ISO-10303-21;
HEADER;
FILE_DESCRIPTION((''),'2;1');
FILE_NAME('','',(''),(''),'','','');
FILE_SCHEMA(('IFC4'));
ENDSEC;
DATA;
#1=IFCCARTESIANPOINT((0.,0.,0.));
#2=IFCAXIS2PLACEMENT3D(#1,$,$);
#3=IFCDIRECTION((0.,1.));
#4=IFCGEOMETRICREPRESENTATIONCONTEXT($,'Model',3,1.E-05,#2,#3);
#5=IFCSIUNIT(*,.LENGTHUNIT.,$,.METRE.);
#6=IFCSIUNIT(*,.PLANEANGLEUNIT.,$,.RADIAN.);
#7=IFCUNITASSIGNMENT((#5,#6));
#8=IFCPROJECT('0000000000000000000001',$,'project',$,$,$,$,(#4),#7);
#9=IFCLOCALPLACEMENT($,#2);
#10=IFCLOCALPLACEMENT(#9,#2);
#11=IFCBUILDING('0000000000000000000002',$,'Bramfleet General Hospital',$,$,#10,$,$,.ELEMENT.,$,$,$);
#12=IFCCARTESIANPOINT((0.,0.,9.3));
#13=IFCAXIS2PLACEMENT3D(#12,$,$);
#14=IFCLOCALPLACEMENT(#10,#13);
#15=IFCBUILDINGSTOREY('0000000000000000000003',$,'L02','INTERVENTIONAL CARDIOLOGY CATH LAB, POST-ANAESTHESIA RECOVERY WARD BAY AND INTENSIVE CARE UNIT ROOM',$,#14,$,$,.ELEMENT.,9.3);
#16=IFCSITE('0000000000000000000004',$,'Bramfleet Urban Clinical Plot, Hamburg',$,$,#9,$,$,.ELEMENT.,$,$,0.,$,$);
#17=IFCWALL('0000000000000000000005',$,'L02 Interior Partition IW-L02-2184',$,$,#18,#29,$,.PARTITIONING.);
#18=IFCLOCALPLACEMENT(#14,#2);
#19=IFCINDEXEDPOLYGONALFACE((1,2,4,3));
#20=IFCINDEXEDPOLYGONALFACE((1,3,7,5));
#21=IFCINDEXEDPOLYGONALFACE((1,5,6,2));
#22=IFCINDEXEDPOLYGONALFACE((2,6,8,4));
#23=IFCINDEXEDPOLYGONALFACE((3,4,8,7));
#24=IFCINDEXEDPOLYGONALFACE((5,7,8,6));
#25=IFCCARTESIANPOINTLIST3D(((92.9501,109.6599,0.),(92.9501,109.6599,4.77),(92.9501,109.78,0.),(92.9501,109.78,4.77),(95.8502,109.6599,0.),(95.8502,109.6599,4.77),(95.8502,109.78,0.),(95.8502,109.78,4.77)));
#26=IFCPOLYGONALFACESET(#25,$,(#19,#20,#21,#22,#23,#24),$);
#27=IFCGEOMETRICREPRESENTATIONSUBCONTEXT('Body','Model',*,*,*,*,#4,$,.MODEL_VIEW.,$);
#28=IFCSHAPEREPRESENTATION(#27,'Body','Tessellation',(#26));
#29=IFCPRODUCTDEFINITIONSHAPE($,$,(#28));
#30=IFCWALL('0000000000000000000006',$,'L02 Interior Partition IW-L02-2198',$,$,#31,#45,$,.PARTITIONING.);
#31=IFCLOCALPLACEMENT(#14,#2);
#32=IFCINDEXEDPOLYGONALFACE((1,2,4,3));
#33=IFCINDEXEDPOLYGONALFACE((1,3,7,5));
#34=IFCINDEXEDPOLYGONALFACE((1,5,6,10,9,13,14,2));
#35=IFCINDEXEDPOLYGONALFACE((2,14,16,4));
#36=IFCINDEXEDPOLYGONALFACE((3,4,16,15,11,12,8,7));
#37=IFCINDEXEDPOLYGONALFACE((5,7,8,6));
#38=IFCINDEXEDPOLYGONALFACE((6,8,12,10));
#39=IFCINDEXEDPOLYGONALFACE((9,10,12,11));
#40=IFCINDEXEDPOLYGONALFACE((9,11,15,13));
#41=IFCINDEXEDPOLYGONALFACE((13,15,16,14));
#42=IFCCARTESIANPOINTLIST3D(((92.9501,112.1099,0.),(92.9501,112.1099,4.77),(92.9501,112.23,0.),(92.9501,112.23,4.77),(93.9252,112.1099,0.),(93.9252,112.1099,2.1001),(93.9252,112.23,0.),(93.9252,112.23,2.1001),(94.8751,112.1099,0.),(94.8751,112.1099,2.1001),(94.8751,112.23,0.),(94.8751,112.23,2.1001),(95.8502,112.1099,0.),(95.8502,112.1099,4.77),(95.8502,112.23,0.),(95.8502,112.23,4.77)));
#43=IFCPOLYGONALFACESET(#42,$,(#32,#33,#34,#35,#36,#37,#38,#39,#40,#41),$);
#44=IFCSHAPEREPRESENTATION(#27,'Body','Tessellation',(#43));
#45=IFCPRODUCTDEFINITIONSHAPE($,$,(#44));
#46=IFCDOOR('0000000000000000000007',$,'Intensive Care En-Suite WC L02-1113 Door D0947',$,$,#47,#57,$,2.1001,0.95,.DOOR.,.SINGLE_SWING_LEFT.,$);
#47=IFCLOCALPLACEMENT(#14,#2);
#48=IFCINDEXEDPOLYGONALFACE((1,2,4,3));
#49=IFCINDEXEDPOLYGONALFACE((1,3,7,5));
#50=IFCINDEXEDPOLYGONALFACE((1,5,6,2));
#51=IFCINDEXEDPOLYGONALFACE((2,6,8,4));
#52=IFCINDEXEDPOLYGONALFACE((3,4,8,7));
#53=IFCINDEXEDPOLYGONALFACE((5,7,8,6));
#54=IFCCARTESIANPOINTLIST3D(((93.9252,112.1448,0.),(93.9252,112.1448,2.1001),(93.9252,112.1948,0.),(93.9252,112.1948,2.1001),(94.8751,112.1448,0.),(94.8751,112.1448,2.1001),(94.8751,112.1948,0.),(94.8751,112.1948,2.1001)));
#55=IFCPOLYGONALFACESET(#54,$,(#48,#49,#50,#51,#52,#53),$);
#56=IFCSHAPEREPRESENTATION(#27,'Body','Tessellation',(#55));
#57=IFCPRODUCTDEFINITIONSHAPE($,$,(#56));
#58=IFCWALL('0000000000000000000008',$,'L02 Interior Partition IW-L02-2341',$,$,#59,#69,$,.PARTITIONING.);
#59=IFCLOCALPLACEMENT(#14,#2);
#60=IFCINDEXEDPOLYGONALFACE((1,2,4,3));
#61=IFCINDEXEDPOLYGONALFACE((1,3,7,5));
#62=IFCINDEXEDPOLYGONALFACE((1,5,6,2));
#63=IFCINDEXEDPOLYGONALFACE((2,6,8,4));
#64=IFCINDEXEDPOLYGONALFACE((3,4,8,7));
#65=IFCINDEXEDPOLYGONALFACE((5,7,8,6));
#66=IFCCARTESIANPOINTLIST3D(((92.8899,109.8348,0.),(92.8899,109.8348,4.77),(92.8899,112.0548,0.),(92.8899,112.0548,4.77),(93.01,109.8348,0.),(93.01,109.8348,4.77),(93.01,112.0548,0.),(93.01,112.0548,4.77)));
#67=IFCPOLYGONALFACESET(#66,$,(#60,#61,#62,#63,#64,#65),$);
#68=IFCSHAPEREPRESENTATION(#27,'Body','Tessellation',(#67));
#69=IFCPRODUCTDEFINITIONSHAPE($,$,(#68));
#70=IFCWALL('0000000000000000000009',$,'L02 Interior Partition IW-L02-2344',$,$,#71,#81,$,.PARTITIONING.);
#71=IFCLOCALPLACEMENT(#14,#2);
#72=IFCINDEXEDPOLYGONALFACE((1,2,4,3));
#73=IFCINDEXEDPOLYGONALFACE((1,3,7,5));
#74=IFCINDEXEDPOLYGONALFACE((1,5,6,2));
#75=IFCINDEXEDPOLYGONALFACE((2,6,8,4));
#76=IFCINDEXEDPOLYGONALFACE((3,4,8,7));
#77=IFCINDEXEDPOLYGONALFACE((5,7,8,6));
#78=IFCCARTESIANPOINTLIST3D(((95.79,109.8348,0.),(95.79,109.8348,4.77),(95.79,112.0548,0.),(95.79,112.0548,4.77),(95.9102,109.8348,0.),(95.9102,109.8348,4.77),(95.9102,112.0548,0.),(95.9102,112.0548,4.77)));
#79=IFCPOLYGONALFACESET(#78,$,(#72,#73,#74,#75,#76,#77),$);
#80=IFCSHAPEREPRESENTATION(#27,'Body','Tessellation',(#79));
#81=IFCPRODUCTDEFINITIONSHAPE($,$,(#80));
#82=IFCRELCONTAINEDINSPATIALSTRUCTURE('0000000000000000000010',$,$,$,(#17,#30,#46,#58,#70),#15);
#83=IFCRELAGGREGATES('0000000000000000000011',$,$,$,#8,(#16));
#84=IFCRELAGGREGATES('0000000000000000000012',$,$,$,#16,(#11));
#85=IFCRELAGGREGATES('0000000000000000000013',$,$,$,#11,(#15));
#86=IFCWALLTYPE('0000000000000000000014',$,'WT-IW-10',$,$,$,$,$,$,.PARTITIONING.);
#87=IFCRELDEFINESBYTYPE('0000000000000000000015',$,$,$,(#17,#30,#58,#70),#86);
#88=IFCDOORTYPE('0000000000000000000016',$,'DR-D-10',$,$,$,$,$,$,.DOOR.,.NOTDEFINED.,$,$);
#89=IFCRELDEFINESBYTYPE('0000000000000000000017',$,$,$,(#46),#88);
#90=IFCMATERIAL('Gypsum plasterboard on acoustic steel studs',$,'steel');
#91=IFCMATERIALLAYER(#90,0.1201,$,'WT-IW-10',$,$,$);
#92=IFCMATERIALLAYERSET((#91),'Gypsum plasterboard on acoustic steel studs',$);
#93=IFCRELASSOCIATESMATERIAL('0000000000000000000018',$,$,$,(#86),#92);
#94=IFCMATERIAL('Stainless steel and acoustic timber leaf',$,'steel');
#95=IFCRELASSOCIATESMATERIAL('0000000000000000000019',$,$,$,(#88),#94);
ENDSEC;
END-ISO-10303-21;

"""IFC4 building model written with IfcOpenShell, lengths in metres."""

from ifc_helpers import new_model, si_unit, direction, frame, frame_2d, origin, place, context, subcontext, project, spatial, rectangle, extrude, material, layer, layer_set, type_object, element, fill, save


model = new_model("IFC4")

# Units and contexts
model_context = context("Model", 3, precision=1e-05, world=origin(), true_north=direction((0.0, 1.0)))
body_context = subcontext(model_context, "Body", "Model", "MODEL_VIEW")
ifc_project = project(units=[si_unit("LENGTHUNIT", "METRE"), si_unit("PLANEANGLEUNIT", "RADIAN")], contexts=[model_context])

# Site, building, storey
site_placement = place(None, origin())
site = spatial("IfcSite", under=ifc_project, at=site_placement, Name="Bramfleet Urban Clinical Plot, Hamburg", CompositionType="ELEMENT", RefElevation=0.0)
building_placement = place(site_placement, origin())
building = spatial("IfcBuilding", under=site, at=building_placement, Name="Bramfleet General Hospital", CompositionType="ELEMENT")
storey_placement = place(building_placement, frame((0.0, 0.0, 9.3)))
storey = spatial("IfcBuildingStorey", under=building, at=storey_placement, Name="L02", Description="INTERVENTIONAL CARDIOLOGY CATH LAB, POST-ANAESTHESIA RECOVERY WARD BAY AND INTENSIVE CARE UNIT ROOM", CompositionType="ELEMENT", Elevation=9.3)

# Shared definitions
ifc_material_1 = material(Name="Gypsum plasterboard on acoustic steel studs", Category="steel")
ifc_material_2 = material(Name="Stainless steel and acoustic timber leaf", Category="steel")

# Wall
ifc_layer_1 = layer(ifc_material_1, 0.1201, Name="WT-IW-10")
ifc_layer_set_1 = layer_set([ifc_layer_1], Name="Gypsum plasterboard on acoustic steel studs")
wall_type_1 = type_object("IfcWallType", Name="WT-IW-10", PredefinedType="PARTITIONING", material=ifc_layer_set_1)
wall_1_placement = place(storey_placement, frame((92.95, 109.72, 0.0), z_axis=(0.0, 0.0, 1.0), x_axis=(1.0, 0.0, 0.0)))
element("IfcWall", 1, at=wall_1_placement, inside=storey, type_object=wall_type_1, Name="L02 Interior Partition IW-L02-2184", PredefinedType="PARTITIONING", context=body_context, shape_type="SweptSolid", body=[
    extrude(rectangle(XDim=2.9001, YDim=0.1201, at=frame_2d((1.4502, 0.0))), origin(), (0.0, 0.0, 1.0), 4.77),
])

# Wall, opening, door
wall_2_placement = place(storey_placement, frame((92.95, 112.1699, 0.0), z_axis=(0.0, 0.0, 1.0), x_axis=(1.0, 0.0, 0.0)))
wall_2 = element("IfcWall", 2, at=wall_2_placement, inside=storey, type_object=wall_type_1, Name="L02 Interior Partition IW-L02-2198", PredefinedType="PARTITIONING", context=body_context, shape_type="SweptSolid", body=[
    extrude(rectangle(XDim=2.9001, YDim=0.1201, at=frame_2d((1.4502, 0.0))), origin(), (0.0, 0.0, 1.0), 4.77),
])
opening_1_placement = place(wall_2_placement, frame((0.9751, 0.0, 0.0)))
opening_1 = element("IfcOpeningElement", 3, at=opening_1_placement, cuts=wall_2, PredefinedType="OPENING", context=body_context, shape_type="SweptSolid", body=[
    extrude(rectangle(XDim=0.95, YDim=2.1001, at=frame_2d((0.4751, 1.05))), frame((0.0, 0.0701, 0.0), z_axis=(0.0, -1.0, 0.0), x_axis=(1.0, 0.0, 0.0)), (0.0, 0.0, 1.0), 0.1401),
])
door_type_1 = type_object("IfcDoorType", Name="DR-D-10", OperationType="NOTDEFINED", PredefinedType="DOOR", material=ifc_material_2)
door_1_placement = place(opening_1_placement, origin())
door_1 = element("IfcDoor", 4, at=door_1_placement, inside=storey, type_object=door_type_1, Name="Intensive Care En-Suite WC L02-1113 Door D0947", OperationType="SINGLE_SWING_LEFT", OverallHeight=2.1001, OverallWidth=0.95, PredefinedType="DOOR", context=body_context, shape_type="SweptSolid", body=[
    extrude(rectangle(XDim=0.95, YDim=2.1001, at=frame_2d((0.4751, 1.05))), frame((0.0, 0.0249, 0.0), z_axis=(0.0, -1.0, 0.0), x_axis=(1.0, 0.0, 0.0)), (0.0, 0.0, 1.0), 0.05),
])
fill(opening_1, door_1)

# Walls
for number, where, z_axis, x_axis, name in (
    (5, (92.95, 109.835, 0.0), (0.0, 0.0, 1.0), (0.0, 1.0, 0.0), "L02 Interior Partition IW-L02-2341"),
    (6, (95.8501, 109.835, 0.0), (0.0, 0.0, 1.0), (0.0, 1.0, 0.0), "L02 Interior Partition IW-L02-2344"),
):
    element("IfcWall", number, at=place(storey_placement, frame(where, z_axis=z_axis, x_axis=x_axis)), inside=storey, type_object=wall_type_1, Name=name, PredefinedType="PARTITIONING", context=body_context, shape_type="SweptSolid", body=[
        extrude(rectangle(XDim=2.22, YDim=0.1201, at=frame_2d((1.1099, 0.0))), origin(), (0.0, 0.0, 1.0), 4.77),
    ])

save(model, "model.ifc")
